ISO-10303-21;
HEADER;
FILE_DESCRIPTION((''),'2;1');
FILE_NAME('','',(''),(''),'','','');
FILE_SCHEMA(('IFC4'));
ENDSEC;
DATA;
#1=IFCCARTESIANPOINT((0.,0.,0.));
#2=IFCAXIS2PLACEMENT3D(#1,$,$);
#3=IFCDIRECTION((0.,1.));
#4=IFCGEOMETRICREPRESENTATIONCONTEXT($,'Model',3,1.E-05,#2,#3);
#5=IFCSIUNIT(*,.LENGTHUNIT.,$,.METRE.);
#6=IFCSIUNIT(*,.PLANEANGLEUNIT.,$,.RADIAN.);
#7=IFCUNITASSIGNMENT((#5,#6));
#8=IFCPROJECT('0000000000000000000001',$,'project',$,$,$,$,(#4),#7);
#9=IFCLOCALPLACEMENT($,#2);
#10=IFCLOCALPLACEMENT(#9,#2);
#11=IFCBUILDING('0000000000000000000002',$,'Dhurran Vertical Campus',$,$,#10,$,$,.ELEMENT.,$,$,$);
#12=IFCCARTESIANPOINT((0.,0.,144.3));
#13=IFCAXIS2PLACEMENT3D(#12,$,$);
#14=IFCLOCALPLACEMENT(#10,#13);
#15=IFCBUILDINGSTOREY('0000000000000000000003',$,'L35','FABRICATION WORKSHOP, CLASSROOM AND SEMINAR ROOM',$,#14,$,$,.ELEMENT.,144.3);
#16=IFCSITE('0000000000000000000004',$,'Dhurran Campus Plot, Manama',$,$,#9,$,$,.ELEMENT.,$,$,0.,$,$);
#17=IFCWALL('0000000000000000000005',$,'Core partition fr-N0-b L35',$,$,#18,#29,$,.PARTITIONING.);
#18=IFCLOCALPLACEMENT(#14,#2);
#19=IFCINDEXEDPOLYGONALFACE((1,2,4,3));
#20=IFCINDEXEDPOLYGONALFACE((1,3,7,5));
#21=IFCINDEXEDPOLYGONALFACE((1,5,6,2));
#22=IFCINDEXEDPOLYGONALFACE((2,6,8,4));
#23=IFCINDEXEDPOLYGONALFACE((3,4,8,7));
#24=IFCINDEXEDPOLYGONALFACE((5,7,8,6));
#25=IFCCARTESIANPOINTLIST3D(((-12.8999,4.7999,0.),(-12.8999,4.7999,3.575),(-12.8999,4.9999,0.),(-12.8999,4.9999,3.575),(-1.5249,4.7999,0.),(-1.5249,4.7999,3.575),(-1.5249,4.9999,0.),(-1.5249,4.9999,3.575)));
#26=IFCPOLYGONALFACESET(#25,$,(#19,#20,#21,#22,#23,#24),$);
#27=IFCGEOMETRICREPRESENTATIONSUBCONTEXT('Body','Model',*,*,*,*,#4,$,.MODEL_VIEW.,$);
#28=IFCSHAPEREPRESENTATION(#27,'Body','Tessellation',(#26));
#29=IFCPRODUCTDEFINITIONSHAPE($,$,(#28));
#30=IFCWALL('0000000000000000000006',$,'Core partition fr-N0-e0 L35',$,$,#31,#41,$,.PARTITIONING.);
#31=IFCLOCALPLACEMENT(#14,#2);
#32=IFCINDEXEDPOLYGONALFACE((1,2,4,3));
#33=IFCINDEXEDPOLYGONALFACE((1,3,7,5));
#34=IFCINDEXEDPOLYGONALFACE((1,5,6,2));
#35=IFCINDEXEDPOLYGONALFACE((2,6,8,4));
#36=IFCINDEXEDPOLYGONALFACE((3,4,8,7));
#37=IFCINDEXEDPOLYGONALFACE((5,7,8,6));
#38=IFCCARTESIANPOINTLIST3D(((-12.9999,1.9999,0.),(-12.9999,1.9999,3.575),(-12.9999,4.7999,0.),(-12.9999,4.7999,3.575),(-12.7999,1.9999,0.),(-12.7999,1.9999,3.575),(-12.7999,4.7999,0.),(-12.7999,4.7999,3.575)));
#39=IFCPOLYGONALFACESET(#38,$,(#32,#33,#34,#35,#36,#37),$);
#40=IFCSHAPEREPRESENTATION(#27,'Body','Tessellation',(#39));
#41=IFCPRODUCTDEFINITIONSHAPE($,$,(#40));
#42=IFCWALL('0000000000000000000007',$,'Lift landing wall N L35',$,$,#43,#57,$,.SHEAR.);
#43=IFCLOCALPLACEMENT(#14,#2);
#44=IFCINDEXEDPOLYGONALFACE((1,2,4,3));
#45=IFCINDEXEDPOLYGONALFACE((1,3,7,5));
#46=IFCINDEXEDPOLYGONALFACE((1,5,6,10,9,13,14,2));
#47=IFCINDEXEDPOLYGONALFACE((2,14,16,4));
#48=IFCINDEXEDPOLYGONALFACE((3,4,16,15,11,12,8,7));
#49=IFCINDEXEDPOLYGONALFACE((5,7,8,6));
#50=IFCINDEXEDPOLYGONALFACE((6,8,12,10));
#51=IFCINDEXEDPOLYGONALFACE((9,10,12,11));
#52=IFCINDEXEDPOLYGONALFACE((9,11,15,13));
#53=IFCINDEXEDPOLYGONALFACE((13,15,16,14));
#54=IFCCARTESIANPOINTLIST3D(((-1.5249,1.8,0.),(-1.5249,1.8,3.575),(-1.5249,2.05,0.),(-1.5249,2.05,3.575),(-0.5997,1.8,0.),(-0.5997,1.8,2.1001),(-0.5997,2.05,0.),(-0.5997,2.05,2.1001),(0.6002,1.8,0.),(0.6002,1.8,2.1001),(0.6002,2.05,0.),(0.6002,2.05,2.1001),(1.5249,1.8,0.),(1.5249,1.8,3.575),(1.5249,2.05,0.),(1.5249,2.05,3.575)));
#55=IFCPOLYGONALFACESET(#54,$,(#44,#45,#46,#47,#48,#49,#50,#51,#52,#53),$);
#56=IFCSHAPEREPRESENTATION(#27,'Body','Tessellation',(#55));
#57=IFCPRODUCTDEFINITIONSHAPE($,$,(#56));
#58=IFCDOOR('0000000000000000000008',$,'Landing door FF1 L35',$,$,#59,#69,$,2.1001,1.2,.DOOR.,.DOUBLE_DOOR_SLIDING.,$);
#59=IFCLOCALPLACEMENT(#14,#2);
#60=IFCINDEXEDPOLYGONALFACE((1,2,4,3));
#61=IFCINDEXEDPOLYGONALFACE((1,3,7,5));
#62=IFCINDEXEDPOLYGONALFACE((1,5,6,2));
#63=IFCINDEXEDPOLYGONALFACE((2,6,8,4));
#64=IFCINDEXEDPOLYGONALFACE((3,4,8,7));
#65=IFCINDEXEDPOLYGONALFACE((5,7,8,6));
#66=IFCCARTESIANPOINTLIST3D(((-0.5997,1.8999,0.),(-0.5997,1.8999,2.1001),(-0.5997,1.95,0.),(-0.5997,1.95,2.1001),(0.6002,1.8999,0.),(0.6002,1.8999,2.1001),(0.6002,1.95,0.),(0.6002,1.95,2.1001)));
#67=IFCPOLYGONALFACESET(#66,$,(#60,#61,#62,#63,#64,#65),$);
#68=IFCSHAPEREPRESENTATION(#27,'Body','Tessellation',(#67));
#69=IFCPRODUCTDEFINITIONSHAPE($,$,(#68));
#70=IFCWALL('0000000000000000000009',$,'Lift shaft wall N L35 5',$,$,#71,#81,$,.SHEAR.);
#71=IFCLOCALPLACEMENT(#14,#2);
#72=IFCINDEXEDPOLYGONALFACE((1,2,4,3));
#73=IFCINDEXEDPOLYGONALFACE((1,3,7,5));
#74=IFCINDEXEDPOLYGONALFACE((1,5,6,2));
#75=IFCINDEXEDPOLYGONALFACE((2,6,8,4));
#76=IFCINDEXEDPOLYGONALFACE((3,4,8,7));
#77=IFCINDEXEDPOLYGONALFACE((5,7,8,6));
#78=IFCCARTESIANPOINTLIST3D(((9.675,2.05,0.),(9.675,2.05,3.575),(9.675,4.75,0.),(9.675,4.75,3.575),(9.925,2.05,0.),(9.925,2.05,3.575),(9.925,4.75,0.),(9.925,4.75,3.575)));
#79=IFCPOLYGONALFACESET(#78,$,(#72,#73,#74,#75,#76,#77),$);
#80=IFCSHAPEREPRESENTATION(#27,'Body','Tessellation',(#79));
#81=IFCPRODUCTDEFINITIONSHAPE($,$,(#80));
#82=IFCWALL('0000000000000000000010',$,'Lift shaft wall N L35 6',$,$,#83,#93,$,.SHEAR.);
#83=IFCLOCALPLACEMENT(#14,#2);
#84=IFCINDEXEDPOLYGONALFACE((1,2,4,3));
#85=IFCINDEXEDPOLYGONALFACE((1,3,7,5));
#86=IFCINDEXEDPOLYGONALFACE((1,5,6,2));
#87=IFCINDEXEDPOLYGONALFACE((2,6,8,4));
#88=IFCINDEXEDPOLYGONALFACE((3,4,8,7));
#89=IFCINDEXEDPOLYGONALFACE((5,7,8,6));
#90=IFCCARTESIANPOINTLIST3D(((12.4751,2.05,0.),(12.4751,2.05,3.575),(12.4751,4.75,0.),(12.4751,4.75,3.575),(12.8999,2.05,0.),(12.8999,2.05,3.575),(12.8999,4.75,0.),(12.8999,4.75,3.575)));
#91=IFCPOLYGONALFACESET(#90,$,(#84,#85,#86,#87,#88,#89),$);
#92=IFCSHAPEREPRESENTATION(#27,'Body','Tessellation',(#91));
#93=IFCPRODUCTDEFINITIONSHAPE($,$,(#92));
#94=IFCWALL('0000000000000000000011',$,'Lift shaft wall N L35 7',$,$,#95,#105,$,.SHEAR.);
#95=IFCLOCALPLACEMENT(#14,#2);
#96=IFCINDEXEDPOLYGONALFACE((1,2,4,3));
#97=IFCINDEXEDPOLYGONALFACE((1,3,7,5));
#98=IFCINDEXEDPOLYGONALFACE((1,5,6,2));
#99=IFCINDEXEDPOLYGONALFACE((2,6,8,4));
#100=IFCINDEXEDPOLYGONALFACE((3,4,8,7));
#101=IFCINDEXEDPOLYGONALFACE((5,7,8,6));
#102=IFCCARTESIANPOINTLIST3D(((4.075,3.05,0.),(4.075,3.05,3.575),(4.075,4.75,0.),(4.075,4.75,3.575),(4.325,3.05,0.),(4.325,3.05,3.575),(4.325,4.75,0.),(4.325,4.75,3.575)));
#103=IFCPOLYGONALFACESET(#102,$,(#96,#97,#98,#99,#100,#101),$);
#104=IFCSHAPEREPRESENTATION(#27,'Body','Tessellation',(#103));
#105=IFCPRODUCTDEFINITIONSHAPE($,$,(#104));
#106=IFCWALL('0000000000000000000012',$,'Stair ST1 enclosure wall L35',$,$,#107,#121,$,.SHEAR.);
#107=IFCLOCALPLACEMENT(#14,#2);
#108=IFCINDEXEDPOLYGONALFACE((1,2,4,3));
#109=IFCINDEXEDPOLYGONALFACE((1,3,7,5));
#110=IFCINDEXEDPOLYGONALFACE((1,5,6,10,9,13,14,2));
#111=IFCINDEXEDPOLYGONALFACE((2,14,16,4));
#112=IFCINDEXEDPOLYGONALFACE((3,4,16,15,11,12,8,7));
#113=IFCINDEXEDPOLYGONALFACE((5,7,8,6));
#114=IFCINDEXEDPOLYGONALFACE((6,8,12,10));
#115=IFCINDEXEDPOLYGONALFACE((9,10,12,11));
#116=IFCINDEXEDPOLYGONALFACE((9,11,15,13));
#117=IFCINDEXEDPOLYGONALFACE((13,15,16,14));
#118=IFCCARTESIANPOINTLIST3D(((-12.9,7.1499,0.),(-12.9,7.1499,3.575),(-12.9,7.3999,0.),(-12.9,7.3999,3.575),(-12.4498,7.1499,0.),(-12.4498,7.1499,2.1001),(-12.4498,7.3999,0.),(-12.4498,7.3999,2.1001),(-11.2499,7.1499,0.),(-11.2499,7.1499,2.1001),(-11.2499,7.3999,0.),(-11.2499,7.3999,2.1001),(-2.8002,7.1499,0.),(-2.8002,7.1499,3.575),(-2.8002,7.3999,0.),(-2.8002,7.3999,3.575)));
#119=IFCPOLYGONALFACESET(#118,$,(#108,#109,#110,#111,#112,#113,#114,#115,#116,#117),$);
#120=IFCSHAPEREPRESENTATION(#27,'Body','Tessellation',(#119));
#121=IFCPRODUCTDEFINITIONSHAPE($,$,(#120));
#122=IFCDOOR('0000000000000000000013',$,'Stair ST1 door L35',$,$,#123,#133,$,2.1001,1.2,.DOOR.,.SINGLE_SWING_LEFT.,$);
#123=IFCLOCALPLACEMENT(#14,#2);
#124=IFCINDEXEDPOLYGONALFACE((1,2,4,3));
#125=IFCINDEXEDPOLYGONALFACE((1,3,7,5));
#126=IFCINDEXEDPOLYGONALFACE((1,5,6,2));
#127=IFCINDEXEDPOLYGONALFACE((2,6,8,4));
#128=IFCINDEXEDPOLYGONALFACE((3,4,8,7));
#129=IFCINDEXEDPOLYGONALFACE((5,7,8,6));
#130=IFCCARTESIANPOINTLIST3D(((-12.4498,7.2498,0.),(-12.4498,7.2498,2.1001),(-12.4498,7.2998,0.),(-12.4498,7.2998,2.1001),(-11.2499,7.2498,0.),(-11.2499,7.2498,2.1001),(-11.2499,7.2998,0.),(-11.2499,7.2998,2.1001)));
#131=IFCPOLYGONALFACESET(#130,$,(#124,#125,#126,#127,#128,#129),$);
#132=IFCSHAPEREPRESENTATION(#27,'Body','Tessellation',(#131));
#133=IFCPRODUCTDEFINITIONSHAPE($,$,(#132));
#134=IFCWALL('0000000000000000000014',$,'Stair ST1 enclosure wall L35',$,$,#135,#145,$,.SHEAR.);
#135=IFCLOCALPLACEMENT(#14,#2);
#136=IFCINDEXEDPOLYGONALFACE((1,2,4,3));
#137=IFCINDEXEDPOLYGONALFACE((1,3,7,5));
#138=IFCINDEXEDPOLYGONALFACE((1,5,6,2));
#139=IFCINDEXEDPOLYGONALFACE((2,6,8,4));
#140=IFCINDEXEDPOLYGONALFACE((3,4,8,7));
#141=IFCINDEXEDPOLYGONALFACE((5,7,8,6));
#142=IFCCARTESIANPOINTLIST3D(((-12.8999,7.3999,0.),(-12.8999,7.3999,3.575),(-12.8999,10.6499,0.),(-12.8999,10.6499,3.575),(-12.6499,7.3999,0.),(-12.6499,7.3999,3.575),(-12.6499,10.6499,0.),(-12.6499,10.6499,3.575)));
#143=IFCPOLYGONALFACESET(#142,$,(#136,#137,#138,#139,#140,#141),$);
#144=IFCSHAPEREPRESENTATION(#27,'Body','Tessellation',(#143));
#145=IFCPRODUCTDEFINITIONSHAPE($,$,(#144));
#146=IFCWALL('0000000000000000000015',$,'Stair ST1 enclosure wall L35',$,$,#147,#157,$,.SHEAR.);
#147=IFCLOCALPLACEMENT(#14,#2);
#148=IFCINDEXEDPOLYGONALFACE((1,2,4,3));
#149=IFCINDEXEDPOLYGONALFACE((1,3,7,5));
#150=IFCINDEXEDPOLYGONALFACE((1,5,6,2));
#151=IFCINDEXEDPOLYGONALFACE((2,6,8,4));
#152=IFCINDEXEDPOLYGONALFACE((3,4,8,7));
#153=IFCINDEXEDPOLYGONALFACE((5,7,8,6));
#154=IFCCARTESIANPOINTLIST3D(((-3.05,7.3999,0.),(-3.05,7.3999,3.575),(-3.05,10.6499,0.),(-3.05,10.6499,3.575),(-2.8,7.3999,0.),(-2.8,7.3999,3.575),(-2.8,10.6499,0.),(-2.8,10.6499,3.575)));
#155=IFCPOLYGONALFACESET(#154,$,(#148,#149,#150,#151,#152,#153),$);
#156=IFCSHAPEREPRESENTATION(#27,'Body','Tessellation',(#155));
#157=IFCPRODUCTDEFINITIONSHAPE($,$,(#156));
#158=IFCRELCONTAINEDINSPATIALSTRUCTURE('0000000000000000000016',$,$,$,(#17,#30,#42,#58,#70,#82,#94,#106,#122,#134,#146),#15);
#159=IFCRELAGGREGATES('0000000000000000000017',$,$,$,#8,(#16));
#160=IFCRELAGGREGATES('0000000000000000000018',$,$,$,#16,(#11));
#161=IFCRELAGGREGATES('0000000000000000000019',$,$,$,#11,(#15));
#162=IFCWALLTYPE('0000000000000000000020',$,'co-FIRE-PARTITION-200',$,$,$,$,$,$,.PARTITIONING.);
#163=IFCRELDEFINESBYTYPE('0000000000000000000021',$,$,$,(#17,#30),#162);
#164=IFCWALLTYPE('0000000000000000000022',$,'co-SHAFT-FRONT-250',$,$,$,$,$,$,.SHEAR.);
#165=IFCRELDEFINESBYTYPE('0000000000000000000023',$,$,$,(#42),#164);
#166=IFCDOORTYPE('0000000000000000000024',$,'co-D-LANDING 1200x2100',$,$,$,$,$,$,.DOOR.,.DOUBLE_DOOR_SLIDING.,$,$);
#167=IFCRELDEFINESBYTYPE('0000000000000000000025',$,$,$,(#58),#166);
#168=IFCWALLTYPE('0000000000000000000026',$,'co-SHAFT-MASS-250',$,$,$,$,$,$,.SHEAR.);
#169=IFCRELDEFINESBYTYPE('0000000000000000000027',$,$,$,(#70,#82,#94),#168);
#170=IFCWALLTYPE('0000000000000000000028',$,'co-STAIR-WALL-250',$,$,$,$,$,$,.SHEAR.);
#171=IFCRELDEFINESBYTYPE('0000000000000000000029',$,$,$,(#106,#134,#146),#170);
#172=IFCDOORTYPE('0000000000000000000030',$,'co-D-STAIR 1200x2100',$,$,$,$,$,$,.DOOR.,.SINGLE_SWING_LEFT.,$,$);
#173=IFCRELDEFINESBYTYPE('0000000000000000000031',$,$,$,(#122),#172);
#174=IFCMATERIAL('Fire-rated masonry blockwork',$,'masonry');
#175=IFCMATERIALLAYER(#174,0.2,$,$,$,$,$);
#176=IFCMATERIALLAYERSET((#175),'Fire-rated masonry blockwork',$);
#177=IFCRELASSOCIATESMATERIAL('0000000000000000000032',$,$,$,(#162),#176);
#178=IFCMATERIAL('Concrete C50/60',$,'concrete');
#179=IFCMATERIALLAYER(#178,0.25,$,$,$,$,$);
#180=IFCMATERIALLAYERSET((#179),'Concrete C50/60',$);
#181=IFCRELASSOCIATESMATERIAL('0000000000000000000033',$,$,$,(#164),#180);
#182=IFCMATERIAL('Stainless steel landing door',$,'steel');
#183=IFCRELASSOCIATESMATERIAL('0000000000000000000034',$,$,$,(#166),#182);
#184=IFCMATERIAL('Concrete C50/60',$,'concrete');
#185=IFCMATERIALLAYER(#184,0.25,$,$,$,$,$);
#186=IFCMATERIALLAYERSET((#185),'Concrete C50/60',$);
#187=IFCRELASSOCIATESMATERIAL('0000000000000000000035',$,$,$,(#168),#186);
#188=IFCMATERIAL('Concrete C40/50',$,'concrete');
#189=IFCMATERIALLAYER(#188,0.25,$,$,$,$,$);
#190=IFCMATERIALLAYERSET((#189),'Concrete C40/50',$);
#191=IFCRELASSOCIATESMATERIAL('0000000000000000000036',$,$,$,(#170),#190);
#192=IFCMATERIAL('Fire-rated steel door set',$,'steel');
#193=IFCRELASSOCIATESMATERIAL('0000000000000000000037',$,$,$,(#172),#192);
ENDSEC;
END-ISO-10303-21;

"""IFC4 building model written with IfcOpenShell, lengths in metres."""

from ifc_helpers import new_model, si_unit, direction, frame, frame_2d, origin, place, context, subcontext, project, spatial, polyline, rectangle, outline, extrude, material, layer, layer_set, type_object, element, fill, save


model = new_model("IFC4")

# Units and contexts
model_context = context("Model", 3, precision=1e-05, world=origin(), true_north=direction((0.0, 1.0)))
body_context = subcontext(model_context, "Body", "Model", "MODEL_VIEW")
ifc_project = project(units=[si_unit("LENGTHUNIT", "METRE"), si_unit("PLANEANGLEUNIT", "RADIAN")], contexts=[model_context])

# Site, building, storey
site_placement = place(None, origin())
site = spatial("IfcSite", under=ifc_project, at=site_placement, Name="Dhurran Campus Plot, Manama", CompositionType="ELEMENT", RefElevation=0.0)
building_placement = place(site_placement, origin())
building = spatial("IfcBuilding", under=site, at=building_placement, Name="Dhurran Vertical Campus", CompositionType="ELEMENT")
storey_placement = place(building_placement, frame((0.0, 0.0, 144.3)))
storey = spatial("IfcBuildingStorey", under=building, at=storey_placement, Name="L35", Description="FABRICATION WORKSHOP, CLASSROOM AND SEMINAR ROOM", CompositionType="ELEMENT", Elevation=144.3)

# Shared definitions
ifc_material_1 = material(Name="Fire-rated masonry blockwork", Category="masonry")
ifc_layer_1 = layer(ifc_material_1, 0.2)
ifc_layer_set_1 = layer_set([ifc_layer_1], Name="Fire-rated masonry blockwork")
wall_type_1 = type_object("IfcWallType", Name="co-FIRE-PARTITION-200", PredefinedType="PARTITIONING", material=ifc_layer_set_1)

# Walls
wall_1_placement = place(storey_placement, frame((-12.8999, 4.8999, 0.0), z_axis=(0.0, 0.0, 1.0), x_axis=(1.0, 0.0, 0.0)))
element("IfcWall", 1, at=wall_1_placement, inside=storey, type_object=wall_type_1, Name="Core partition fr-N0-b L35", PredefinedType="PARTITIONING", context=body_context, shape_type="SweptSolid", body=[
    extrude(rectangle(XDim=11.375, YDim=0.2, at=frame_2d((5.6875, 0.0))), origin(), (0.0, 0.0, 1.0), 3.575),
])
wall_2_placement = place(storey_placement, frame((-12.8999, 2.0, 0.0), z_axis=(0.0, 0.0, 1.0), x_axis=(0.0, 1.0, 0.0)))
element("IfcWall", 2, at=wall_2_placement, inside=storey, type_object=wall_type_1, Name="Core partition fr-N0-e0 L35", PredefinedType="PARTITIONING", context=body_context, shape_type="SweptSolid", body=[
    extrude(rectangle(XDim=2.8, YDim=0.2, at=frame_2d((1.3999, 0.0))), origin(), (0.0, 0.0, 1.0), 3.575),
])

# Wall, opening, door
ifc_material_2 = material(Name="Concrete C50/60", Category="concrete")
ifc_layer_2 = layer(ifc_material_2, 0.25)
ifc_layer_set_2 = layer_set([ifc_layer_2], Name="Concrete C50/60")
wall_type_2 = type_object("IfcWallType", Name="co-SHAFT-FRONT-250", PredefinedType="SHEAR", material=ifc_layer_set_2)
wall_3_placement = place(storey_placement, frame((-1.5249, 1.925, 0.0), z_axis=(0.0, 0.0, 1.0), x_axis=(1.0, 0.0, 0.0)))
wall_3 = element("IfcWall", 3, at=wall_3_placement, inside=storey, type_object=wall_type_2, Name="Lift landing wall N L35", PredefinedType="SHEAR", context=body_context, shape_type="SweptSolid", body=[
    extrude(rectangle(XDim=3.0498, YDim=0.25, at=frame_2d((1.5249, 0.0))), origin(), (0.0, 0.0, 1.0), 3.575),
])
opening_1_placement = place(wall_3_placement, frame((0.925, 0.0, 0.0)))
opening_1 = element("IfcOpeningElement", 4, at=opening_1_placement, cuts=wall_3, PredefinedType="OPENING", context=body_context, shape_type="SweptSolid", body=[
    extrude(rectangle(XDim=1.2, YDim=2.1001, at=frame_2d((0.6001, 1.05))), frame((0.0, 0.135, 0.0), z_axis=(0.0, -1.0, 0.0), x_axis=(1.0, 0.0, 0.0)), (0.0, 0.0, 1.0), 0.27),
])
ifc_material_3 = material(Name="Stainless steel landing door", Category="steel")
door_type_1 = type_object("IfcDoorType", Name="co-D-LANDING 1200x2100", OperationType="DOUBLE_DOOR_SLIDING", PredefinedType="DOOR", material=ifc_material_3)
door_1_placement = place(opening_1_placement, origin())
door_1 = element("IfcDoor", 5, at=door_1_placement, inside=storey, type_object=door_type_1, Name="Landing door FF1 L35", OperationType="DOUBLE_DOOR_SLIDING", OverallHeight=2.1001, OverallWidth=1.2, PredefinedType="DOOR", context=body_context, shape_type="SweptSolid", body=[
    extrude(rectangle(XDim=1.2, YDim=2.1001, at=frame_2d((0.6001, 1.05))), frame((0.0, 0.0249, 0.0), z_axis=(0.0, -1.0, 0.0), x_axis=(1.0, 0.0, 0.0)), (0.0, 0.0, 1.0), 0.05),
])
fill(opening_1, door_1)

# Walls
ifc_material_4 = material(Name="Concrete C50/60", Category="concrete")
ifc_layer_3 = layer(ifc_material_4, 0.25)
ifc_layer_set_3 = layer_set([ifc_layer_3], Name="Concrete C50/60")
wall_type_3 = type_object("IfcWallType", Name="co-SHAFT-MASS-250", PredefinedType="SHEAR", material=ifc_layer_set_3)
wall_4_placement = place(storey_placement, origin())
element("IfcWall", 6, at=wall_4_placement, inside=storey, type_object=wall_type_3, Name="Lift shaft wall N L35 5", PredefinedType="SHEAR", context=body_context, shape_type="SweptSolid", body=[
    extrude(outline(polyline([(9.675, 2.05), (9.925, 2.05), (9.925, 4.75), (9.675, 4.75), (9.675, 2.05)])), origin(), (0.0, 0.0, 1.0), 3.575),
])
wall_5_placement = place(storey_placement, origin())
element("IfcWall", 7, at=wall_5_placement, inside=storey, type_object=wall_type_3, Name="Lift shaft wall N L35 6", PredefinedType="SHEAR", context=body_context, shape_type="SweptSolid", body=[
    extrude(outline(polyline([(12.4751, 2.05), (12.8999, 2.05), (12.8999, 4.75), (12.4751, 4.75), (12.4751, 2.05)])), origin(), (0.0, 0.0, 1.0), 3.575),
])
wall_6_placement = place(storey_placement, origin())
element("IfcWall", 8, at=wall_6_placement, inside=storey, type_object=wall_type_3, Name="Lift shaft wall N L35 7", PredefinedType="SHEAR", context=body_context, shape_type="SweptSolid", body=[
    extrude(outline(polyline([(4.075, 3.05), (4.325, 3.05), (4.325, 4.75), (4.075, 4.75), (4.075, 3.05)])), origin(), (0.0, 0.0, 1.0), 3.575),
])

# Wall, opening, door
ifc_material_5 = material(Name="Concrete C40/50", Category="concrete")
ifc_layer_4 = layer(ifc_material_5, 0.25)
ifc_layer_set_4 = layer_set([ifc_layer_4], Name="Concrete C40/50")
wall_type_4 = type_object("IfcWallType", Name="co-STAIR-WALL-250", PredefinedType="SHEAR", material=ifc_layer_set_4)
wall_7_placement = place(storey_placement, frame((-12.8999, 7.2749, 0.0), z_axis=(0.0, 0.0, 1.0), x_axis=(1.0, 0.0, 0.0)))
wall_7 = element("IfcWall", 9, at=wall_7_placement, inside=storey, type_object=wall_type_4, Name="Stair ST1 enclosure wall L35", PredefinedType="SHEAR", context=body_context, shape_type="SweptSolid", body=[
    extrude(rectangle(XDim=10.0999, YDim=0.25, at=frame_2d((5.0498, 0.0))), origin(), (0.0, 0.0, 1.0), 3.575),
])
opening_2_placement = place(wall_7_placement, frame((0.45, 0.0, 0.0)))
opening_2 = element("IfcOpeningElement", 10, at=opening_2_placement, cuts=wall_7, PredefinedType="OPENING", context=body_context, shape_type="SweptSolid", body=[
    extrude(rectangle(XDim=1.2, YDim=2.1001, at=frame_2d((0.6001, 1.05))), frame((0.0, 0.135, 0.0), z_axis=(0.0, -1.0, 0.0), x_axis=(1.0, 0.0, 0.0)), (0.0, 0.0, 1.0), 0.27),
])
ifc_material_6 = material(Name="Fire-rated steel door set", Category="steel")
door_type_2 = type_object("IfcDoorType", Name="co-D-STAIR 1200x2100", OperationType="SINGLE_SWING_LEFT", PredefinedType="DOOR", material=ifc_material_6)
door_2_placement = place(opening_2_placement, origin())
door_2 = element("IfcDoor", 11, at=door_2_placement, inside=storey, type_object=door_type_2, Name="Stair ST1 door L35", OperationType="SINGLE_SWING_LEFT", OverallHeight=2.1001, OverallWidth=1.2, PredefinedType="DOOR", context=body_context, shape_type="SweptSolid", body=[
    extrude(rectangle(XDim=1.2, YDim=2.1001, at=frame_2d((0.6001, 1.05))), frame((0.0, 0.0249, 0.0), z_axis=(0.0, -1.0, 0.0), x_axis=(1.0, 0.0, 0.0)), (0.0, 0.0, 1.0), 0.05),
])
fill(opening_2, door_2)

# Walls
for number, where, z_axis, x_axis, name in (
    (12, (-12.7749, 7.3999, 0.0), (0.0, 0.0, 1.0), (0.0, 1.0, 0.0), "Stair ST1 enclosure wall L35"),
    (13, (-2.925, 7.3999, 0.0), (0.0, 0.0, 1.0), (0.0, 1.0, 0.0), "Stair ST1 enclosure wall L35"),
):
    element("IfcWall", number, at=place(storey_placement, frame(where, z_axis=z_axis, x_axis=x_axis)), inside=storey, type_object=wall_type_4, Name=name, PredefinedType="SHEAR", context=body_context, shape_type="SweptSolid", body=[
        extrude(rectangle(XDim=3.25, YDim=0.25, at=frame_2d((1.625, 0.0))), origin(), (0.0, 0.0, 1.0), 3.575),
    ])

save(model, "model.ifc")
